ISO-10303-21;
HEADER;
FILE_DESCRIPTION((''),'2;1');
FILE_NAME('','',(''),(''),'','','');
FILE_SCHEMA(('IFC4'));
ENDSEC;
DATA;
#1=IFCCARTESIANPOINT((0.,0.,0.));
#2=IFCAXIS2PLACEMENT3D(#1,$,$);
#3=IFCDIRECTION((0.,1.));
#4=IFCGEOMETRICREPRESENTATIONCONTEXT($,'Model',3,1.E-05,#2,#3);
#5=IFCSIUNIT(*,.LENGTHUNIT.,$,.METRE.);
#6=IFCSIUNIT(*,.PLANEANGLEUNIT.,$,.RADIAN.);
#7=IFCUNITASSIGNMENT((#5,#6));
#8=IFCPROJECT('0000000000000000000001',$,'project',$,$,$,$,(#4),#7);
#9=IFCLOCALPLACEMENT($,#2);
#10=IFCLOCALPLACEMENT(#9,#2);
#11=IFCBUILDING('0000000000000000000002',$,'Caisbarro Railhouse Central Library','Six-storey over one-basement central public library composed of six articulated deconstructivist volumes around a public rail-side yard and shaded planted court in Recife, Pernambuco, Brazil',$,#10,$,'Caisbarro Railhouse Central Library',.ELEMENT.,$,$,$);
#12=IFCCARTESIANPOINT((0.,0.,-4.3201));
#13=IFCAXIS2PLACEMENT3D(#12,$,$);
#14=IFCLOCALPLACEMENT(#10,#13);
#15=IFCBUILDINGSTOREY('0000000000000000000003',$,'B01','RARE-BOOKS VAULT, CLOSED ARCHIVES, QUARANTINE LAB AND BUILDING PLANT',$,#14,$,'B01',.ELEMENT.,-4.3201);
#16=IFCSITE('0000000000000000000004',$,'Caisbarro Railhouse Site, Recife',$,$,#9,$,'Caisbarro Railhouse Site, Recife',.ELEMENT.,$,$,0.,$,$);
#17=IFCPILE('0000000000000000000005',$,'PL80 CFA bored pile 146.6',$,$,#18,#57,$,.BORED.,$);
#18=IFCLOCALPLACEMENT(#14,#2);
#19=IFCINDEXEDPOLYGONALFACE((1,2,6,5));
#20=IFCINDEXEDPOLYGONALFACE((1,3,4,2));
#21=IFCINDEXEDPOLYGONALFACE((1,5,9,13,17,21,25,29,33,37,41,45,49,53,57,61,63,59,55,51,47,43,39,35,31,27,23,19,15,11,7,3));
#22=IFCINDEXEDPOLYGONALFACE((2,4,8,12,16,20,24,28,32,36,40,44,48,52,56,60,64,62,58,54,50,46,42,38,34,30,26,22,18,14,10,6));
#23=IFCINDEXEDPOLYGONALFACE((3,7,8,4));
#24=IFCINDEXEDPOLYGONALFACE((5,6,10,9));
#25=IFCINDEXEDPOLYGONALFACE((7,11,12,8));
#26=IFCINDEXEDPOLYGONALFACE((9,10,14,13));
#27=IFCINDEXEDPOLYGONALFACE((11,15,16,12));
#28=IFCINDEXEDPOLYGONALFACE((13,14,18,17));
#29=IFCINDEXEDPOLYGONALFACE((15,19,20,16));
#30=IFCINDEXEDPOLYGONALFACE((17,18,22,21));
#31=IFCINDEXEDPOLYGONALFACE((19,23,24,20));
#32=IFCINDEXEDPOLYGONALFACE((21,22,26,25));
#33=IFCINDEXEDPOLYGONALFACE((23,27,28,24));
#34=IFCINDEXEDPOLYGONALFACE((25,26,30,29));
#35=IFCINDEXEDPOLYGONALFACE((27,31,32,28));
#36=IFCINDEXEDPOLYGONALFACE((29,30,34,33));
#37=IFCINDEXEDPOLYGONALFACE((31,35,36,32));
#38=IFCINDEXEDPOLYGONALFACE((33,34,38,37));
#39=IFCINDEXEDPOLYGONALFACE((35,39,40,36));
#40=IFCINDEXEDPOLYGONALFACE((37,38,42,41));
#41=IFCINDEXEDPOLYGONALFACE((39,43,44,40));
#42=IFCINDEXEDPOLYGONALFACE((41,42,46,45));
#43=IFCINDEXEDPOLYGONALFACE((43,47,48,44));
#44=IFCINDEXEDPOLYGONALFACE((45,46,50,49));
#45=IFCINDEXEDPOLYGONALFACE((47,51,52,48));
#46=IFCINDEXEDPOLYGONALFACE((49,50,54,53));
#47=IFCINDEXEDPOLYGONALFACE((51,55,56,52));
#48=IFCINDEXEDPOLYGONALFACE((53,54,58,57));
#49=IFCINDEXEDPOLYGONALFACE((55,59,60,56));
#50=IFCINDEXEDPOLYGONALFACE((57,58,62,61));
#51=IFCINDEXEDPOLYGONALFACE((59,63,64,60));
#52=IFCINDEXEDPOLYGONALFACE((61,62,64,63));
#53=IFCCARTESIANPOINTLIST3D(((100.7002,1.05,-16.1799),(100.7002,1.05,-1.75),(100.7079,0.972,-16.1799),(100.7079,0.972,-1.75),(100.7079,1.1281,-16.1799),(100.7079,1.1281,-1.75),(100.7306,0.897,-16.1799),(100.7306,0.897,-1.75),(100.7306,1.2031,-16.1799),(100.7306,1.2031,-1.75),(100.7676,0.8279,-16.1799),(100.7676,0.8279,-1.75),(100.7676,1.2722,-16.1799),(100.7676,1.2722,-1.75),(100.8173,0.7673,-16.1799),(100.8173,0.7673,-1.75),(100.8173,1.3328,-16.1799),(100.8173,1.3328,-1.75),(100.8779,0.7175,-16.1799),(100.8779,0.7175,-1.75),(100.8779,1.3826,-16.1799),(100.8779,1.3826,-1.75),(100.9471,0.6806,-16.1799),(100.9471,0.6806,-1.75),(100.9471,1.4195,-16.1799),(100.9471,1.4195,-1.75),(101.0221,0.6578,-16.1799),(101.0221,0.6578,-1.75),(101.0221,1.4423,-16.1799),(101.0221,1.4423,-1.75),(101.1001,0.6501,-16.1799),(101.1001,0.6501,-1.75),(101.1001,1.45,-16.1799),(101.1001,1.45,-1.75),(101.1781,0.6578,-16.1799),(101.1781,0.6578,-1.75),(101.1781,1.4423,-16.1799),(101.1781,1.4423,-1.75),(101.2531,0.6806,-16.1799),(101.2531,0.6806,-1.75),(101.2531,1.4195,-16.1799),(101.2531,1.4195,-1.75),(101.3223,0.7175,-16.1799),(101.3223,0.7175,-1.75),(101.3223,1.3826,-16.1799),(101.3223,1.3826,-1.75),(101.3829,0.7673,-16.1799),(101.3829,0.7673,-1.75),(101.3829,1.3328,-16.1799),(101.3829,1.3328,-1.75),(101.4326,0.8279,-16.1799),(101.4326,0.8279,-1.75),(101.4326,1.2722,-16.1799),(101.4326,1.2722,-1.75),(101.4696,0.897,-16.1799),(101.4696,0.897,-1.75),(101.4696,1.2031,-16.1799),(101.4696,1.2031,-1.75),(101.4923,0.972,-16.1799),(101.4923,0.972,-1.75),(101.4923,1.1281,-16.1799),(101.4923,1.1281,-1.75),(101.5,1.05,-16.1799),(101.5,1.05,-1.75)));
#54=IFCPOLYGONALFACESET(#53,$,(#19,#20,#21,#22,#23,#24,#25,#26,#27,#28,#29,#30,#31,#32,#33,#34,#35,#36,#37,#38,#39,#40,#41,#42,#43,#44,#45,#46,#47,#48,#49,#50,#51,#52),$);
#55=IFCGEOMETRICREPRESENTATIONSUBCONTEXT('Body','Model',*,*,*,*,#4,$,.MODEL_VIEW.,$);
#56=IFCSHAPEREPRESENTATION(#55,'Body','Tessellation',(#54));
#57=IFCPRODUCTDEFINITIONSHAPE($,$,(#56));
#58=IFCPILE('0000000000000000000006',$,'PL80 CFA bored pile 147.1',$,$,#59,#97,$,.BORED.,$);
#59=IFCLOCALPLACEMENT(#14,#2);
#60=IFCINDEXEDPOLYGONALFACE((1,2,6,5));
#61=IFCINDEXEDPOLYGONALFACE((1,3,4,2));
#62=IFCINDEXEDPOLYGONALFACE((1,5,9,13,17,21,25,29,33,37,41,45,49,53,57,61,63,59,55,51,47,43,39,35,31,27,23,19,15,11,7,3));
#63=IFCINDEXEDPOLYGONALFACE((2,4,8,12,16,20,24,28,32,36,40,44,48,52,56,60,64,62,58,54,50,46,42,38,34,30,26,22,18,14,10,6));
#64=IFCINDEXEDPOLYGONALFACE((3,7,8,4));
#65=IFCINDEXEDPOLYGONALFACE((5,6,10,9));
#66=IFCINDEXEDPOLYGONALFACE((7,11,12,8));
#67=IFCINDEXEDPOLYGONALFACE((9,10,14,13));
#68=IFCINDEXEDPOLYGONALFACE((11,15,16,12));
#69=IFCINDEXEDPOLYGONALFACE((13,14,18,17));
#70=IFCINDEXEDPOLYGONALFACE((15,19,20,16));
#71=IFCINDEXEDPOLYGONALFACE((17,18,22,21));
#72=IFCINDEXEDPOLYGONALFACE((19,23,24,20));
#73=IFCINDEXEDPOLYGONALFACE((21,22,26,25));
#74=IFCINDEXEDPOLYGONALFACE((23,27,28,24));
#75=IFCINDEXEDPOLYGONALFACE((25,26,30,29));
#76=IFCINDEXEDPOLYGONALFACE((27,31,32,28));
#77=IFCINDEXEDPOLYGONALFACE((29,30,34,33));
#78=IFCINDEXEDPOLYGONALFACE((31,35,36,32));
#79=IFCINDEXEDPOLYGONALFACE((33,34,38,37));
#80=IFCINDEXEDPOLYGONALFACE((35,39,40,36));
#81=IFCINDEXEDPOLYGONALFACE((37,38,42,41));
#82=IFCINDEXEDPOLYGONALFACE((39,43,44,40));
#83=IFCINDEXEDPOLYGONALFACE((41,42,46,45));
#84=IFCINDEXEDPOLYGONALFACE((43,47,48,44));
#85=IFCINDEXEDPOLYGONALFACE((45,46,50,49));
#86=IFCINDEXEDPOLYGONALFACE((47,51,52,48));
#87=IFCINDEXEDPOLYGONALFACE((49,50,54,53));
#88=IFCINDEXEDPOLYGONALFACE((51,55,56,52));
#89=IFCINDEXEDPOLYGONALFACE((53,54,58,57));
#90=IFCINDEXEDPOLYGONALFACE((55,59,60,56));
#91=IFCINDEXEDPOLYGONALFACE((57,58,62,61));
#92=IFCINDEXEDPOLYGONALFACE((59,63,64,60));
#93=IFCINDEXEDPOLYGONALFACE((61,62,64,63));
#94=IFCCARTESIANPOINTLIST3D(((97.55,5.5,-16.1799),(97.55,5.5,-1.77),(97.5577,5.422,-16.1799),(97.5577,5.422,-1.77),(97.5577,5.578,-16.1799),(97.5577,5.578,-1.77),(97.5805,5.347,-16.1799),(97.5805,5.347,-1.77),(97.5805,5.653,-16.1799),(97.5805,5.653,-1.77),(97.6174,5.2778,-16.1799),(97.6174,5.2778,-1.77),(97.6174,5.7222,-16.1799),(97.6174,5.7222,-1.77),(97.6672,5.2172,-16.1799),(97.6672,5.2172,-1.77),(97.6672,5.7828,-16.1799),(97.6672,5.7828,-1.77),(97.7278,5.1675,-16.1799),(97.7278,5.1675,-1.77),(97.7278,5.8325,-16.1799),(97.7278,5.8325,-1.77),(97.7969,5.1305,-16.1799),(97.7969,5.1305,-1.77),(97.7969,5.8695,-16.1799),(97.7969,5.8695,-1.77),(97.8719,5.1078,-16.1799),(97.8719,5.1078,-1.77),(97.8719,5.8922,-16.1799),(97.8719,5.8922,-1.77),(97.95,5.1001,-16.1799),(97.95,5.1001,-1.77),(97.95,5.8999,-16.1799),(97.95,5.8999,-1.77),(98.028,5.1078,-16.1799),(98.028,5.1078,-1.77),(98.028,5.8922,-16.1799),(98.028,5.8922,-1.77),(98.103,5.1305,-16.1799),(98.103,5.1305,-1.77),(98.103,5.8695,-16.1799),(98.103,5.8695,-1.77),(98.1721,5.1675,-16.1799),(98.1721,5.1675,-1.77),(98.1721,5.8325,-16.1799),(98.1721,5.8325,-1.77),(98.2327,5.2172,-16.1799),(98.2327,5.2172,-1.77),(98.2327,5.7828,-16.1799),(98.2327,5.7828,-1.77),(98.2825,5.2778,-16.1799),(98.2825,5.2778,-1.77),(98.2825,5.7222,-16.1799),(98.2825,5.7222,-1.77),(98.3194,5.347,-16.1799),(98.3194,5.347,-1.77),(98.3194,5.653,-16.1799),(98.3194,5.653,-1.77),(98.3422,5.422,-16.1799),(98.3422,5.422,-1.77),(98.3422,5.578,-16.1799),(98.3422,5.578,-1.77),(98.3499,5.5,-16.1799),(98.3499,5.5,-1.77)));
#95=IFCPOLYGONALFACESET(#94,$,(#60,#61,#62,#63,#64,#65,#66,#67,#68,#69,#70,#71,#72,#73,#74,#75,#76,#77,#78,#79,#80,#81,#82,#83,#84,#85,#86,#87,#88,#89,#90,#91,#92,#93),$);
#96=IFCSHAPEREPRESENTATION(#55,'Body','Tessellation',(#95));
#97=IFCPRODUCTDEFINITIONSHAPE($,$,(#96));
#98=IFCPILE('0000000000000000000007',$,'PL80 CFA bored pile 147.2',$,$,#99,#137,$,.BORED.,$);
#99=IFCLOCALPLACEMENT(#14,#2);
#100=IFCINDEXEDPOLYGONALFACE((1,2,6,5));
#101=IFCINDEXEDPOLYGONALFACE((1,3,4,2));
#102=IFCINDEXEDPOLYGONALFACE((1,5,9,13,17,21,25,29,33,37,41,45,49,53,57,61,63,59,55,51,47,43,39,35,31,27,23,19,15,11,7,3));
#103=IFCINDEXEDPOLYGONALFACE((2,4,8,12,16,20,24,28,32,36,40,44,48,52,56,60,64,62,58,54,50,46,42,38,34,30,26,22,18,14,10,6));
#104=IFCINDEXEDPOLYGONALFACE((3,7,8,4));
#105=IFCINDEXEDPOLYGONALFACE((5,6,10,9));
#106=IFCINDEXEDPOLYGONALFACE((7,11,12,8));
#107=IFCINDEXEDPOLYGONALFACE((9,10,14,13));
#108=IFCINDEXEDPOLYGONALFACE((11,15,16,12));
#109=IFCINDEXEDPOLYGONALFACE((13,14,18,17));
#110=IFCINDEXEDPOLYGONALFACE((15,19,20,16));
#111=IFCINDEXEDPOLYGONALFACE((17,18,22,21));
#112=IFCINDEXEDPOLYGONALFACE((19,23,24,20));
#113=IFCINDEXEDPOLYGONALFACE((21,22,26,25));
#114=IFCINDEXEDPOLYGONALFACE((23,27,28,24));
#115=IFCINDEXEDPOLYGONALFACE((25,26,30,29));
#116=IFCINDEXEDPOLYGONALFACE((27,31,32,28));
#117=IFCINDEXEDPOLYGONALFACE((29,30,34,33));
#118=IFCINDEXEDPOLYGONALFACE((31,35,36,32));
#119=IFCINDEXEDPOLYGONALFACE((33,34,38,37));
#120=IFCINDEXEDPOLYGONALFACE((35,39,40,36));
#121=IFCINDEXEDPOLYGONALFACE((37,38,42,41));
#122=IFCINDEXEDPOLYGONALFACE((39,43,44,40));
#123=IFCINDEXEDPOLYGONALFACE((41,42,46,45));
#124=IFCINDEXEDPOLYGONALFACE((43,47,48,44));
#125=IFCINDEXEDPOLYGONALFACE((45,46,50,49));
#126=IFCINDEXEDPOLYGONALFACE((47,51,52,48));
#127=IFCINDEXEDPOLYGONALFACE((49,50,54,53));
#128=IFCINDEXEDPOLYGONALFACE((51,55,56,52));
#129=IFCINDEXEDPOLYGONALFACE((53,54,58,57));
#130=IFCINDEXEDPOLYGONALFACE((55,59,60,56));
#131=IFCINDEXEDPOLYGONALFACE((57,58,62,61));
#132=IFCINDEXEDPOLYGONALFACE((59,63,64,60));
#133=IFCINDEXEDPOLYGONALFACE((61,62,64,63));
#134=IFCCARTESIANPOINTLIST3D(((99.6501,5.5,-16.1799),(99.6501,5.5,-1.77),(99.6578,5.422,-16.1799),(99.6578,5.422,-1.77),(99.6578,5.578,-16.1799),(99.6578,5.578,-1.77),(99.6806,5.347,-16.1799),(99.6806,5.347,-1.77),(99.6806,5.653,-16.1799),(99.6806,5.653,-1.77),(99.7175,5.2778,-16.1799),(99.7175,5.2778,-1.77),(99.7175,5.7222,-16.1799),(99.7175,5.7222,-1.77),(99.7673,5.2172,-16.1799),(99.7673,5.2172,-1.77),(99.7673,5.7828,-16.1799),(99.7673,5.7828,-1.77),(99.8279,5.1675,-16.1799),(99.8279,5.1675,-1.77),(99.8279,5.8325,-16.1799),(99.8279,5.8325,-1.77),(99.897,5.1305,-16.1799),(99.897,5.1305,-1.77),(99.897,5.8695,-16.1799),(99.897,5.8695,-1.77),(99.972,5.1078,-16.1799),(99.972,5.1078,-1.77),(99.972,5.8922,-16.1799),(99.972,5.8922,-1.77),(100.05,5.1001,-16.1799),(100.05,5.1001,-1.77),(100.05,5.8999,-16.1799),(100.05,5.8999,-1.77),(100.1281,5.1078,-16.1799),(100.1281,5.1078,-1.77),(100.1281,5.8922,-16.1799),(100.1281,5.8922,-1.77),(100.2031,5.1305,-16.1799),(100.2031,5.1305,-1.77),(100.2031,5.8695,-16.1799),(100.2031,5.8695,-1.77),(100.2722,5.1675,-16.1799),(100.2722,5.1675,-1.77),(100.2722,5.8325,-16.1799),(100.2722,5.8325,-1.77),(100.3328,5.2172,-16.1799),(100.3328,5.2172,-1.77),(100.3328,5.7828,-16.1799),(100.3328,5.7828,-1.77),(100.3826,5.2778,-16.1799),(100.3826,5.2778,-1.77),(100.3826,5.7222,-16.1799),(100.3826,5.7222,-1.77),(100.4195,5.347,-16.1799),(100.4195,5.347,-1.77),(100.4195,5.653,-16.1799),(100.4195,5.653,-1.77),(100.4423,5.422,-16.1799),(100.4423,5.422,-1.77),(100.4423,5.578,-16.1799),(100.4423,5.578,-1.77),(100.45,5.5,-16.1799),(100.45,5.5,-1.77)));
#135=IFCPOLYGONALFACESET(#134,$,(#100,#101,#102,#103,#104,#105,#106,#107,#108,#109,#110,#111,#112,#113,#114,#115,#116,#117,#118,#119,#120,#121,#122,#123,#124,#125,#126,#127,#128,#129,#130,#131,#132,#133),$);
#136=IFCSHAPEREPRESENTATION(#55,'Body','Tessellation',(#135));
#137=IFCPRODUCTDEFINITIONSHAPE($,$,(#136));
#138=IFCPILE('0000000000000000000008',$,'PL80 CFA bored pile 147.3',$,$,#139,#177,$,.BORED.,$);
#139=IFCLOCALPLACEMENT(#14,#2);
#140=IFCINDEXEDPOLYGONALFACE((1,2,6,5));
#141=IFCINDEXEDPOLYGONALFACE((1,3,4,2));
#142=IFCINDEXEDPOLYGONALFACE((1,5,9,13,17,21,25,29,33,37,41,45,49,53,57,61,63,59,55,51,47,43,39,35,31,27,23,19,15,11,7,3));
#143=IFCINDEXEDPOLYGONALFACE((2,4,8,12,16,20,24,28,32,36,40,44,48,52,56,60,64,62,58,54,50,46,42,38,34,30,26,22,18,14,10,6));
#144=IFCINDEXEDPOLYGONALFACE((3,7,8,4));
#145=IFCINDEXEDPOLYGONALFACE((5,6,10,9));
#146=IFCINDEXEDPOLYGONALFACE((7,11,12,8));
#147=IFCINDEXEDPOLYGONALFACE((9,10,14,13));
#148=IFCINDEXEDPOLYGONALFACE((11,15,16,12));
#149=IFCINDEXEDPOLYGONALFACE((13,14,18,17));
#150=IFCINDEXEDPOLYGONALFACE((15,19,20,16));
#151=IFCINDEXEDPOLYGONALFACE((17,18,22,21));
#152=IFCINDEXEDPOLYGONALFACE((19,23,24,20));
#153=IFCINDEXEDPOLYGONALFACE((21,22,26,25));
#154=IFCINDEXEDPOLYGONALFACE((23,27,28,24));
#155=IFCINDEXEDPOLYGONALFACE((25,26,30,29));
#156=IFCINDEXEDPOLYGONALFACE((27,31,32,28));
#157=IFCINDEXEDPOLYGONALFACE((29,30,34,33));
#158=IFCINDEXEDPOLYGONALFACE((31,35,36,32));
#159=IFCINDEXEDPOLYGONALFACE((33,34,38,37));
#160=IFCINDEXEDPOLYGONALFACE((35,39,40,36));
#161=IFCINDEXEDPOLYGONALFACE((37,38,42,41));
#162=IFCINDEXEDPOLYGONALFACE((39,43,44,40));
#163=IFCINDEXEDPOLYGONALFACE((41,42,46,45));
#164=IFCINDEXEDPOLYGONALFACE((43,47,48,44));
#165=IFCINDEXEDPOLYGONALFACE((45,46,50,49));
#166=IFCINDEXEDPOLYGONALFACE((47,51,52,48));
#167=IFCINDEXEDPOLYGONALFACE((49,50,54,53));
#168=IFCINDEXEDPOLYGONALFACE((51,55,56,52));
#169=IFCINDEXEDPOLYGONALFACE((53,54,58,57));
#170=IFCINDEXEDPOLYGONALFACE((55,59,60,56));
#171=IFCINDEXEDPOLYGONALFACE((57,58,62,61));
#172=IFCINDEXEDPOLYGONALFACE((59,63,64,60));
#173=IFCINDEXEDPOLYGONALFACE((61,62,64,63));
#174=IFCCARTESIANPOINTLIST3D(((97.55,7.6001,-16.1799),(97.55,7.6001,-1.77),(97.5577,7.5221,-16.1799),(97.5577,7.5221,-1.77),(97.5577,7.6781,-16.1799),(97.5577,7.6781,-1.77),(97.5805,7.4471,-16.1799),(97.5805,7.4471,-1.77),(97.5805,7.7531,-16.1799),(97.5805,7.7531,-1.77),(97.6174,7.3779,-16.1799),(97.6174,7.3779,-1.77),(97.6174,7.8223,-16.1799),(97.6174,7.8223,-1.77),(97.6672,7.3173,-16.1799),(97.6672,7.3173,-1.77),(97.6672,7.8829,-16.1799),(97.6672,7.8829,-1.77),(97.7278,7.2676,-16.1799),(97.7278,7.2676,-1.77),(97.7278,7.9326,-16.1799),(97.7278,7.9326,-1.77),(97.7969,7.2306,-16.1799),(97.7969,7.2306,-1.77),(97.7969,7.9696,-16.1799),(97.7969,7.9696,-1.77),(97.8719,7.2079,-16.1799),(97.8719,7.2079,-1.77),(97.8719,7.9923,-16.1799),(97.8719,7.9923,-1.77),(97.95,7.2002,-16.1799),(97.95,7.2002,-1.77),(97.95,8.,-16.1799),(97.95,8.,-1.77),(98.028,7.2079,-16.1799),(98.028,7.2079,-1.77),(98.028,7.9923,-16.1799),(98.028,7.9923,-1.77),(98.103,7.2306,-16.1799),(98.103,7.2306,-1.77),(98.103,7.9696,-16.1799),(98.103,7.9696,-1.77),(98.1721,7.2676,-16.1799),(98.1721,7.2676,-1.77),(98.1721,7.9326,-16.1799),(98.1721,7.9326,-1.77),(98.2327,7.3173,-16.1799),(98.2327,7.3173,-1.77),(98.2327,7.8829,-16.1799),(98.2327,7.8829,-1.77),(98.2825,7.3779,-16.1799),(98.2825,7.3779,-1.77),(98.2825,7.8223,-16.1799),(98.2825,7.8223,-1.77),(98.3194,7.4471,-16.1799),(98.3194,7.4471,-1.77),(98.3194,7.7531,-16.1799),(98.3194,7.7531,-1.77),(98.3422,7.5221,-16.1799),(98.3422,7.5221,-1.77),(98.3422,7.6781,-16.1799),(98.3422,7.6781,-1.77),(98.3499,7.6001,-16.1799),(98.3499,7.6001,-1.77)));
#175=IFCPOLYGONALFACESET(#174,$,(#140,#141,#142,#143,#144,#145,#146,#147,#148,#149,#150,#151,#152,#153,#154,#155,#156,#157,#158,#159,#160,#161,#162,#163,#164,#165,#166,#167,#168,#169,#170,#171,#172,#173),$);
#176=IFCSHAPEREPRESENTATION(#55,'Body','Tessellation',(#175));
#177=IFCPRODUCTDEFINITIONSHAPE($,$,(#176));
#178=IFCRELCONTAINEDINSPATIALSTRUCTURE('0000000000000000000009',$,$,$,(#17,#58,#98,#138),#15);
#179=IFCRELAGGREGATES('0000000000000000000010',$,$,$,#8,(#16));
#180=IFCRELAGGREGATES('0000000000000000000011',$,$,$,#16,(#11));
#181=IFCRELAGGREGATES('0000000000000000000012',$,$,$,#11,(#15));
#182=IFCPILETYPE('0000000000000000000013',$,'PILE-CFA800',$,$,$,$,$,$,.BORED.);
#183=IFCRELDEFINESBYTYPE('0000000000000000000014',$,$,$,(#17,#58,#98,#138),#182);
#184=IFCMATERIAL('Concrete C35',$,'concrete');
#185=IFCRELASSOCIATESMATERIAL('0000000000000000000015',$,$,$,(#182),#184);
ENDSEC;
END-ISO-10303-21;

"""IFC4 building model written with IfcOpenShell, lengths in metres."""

from ifc_helpers import new_model, si_unit, direction, frame, origin, origin_2d, place, context, subcontext, project, spatial, circle, extrude, material, material_profile, profile_set, type_object, element, save


model = new_model("IFC4")

# Units and contexts
model_context = context("Model", 3, precision=1e-05, world=origin(), true_north=direction((0.0, 1.0)))
body_context = subcontext(model_context, "Body", "Model", "MODEL_VIEW")
ifc_project = project(units=[si_unit("LENGTHUNIT", "METRE"), si_unit("PLANEANGLEUNIT", "RADIAN")], contexts=[model_context])

# Site, building, storey
site_placement = place(None, origin())
site = spatial("IfcSite", under=ifc_project, at=site_placement, Name="Caisbarro Railhouse Site, Recife", LongName="Caisbarro Railhouse Site, Recife", CompositionType="ELEMENT", RefElevation=0.0)
building_placement = place(site_placement, origin())
building = spatial("IfcBuilding", under=site, at=building_placement, Name="Caisbarro Railhouse Central Library", Description="Six-storey over one-basement central public library composed of six articulated deconstructivist volumes around a public rail-side yard and shaded planted court in Recife, Pernambuco, Brazil", LongName="Caisbarro Railhouse Central Library", CompositionType="ELEMENT")
storey_placement = place(building_placement, frame((0.0, 0.0, -4.3201)))
storey = spatial("IfcBuildingStorey", under=building, at=storey_placement, Name="B01", Description="RARE-BOOKS VAULT, CLOSED ARCHIVES, QUARANTINE LAB AND BUILDING PLANT", LongName="B01", CompositionType="ELEMENT", Elevation=-4.3201)

# Piles
ifc_material_1 = material(Name="Concrete C35", Category="concrete")
ifc_material_profile_1 = material_profile(ifc_material_1, circle(Radius=0.3999, at=origin_2d()), Name="PILE-CFA-800")
ifc_profile_set_1 = profile_set([ifc_material_profile_1], Name="Concrete C35")
pile_type = type_object("IfcPileType", Name="PILE-CFA800", PredefinedType="BORED", material=ifc_profile_set_1)
for number, where, z_axis, x_axis, name in (
    (1, (101.1001, 1.05, -1.75), (0.0, 0.0, -1.0), (1.0, 0.0, 0.0), "PL80 CFA bored pile 146.6"),
):
    element("IfcPile", number, at=place(storey_placement, frame(where, z_axis=z_axis, x_axis=x_axis)), inside=storey, type_object=pile_type, Name=name, PredefinedType="BORED", context=body_context, shape_type="SweptSolid", body=[
        extrude(circle(Radius=0.3999, at=origin_2d()), origin(), (0.0, 0.0, 1.0), 14.4299),
    ])
for number, where, z_axis, x_axis, name in (
    (2, (97.95, 5.5, -1.77), (0.0, 0.0, -1.0), (1.0, 0.0, 0.0), "PL80 CFA bored pile 147.1"),
    (3, (100.05, 5.5, -1.77), (0.0, 0.0, -1.0), (1.0, 0.0, 0.0), "PL80 CFA bored pile 147.2"),
    (4, (97.95, 7.6001, -1.77), (0.0, 0.0, -1.0), (1.0, 0.0, 0.0), "PL80 CFA bored pile 147.3"),
):
    element("IfcPile", number, at=place(storey_placement, frame(where, z_axis=z_axis, x_axis=x_axis)), inside=storey, type_object=pile_type, Name=name, PredefinedType="BORED", context=body_context, shape_type="SweptSolid", body=[
        extrude(circle(Radius=0.3999, at=origin_2d()), origin(), (0.0, 0.0, 1.0), 14.4099),
    ])

save(model, "model.ifc")
